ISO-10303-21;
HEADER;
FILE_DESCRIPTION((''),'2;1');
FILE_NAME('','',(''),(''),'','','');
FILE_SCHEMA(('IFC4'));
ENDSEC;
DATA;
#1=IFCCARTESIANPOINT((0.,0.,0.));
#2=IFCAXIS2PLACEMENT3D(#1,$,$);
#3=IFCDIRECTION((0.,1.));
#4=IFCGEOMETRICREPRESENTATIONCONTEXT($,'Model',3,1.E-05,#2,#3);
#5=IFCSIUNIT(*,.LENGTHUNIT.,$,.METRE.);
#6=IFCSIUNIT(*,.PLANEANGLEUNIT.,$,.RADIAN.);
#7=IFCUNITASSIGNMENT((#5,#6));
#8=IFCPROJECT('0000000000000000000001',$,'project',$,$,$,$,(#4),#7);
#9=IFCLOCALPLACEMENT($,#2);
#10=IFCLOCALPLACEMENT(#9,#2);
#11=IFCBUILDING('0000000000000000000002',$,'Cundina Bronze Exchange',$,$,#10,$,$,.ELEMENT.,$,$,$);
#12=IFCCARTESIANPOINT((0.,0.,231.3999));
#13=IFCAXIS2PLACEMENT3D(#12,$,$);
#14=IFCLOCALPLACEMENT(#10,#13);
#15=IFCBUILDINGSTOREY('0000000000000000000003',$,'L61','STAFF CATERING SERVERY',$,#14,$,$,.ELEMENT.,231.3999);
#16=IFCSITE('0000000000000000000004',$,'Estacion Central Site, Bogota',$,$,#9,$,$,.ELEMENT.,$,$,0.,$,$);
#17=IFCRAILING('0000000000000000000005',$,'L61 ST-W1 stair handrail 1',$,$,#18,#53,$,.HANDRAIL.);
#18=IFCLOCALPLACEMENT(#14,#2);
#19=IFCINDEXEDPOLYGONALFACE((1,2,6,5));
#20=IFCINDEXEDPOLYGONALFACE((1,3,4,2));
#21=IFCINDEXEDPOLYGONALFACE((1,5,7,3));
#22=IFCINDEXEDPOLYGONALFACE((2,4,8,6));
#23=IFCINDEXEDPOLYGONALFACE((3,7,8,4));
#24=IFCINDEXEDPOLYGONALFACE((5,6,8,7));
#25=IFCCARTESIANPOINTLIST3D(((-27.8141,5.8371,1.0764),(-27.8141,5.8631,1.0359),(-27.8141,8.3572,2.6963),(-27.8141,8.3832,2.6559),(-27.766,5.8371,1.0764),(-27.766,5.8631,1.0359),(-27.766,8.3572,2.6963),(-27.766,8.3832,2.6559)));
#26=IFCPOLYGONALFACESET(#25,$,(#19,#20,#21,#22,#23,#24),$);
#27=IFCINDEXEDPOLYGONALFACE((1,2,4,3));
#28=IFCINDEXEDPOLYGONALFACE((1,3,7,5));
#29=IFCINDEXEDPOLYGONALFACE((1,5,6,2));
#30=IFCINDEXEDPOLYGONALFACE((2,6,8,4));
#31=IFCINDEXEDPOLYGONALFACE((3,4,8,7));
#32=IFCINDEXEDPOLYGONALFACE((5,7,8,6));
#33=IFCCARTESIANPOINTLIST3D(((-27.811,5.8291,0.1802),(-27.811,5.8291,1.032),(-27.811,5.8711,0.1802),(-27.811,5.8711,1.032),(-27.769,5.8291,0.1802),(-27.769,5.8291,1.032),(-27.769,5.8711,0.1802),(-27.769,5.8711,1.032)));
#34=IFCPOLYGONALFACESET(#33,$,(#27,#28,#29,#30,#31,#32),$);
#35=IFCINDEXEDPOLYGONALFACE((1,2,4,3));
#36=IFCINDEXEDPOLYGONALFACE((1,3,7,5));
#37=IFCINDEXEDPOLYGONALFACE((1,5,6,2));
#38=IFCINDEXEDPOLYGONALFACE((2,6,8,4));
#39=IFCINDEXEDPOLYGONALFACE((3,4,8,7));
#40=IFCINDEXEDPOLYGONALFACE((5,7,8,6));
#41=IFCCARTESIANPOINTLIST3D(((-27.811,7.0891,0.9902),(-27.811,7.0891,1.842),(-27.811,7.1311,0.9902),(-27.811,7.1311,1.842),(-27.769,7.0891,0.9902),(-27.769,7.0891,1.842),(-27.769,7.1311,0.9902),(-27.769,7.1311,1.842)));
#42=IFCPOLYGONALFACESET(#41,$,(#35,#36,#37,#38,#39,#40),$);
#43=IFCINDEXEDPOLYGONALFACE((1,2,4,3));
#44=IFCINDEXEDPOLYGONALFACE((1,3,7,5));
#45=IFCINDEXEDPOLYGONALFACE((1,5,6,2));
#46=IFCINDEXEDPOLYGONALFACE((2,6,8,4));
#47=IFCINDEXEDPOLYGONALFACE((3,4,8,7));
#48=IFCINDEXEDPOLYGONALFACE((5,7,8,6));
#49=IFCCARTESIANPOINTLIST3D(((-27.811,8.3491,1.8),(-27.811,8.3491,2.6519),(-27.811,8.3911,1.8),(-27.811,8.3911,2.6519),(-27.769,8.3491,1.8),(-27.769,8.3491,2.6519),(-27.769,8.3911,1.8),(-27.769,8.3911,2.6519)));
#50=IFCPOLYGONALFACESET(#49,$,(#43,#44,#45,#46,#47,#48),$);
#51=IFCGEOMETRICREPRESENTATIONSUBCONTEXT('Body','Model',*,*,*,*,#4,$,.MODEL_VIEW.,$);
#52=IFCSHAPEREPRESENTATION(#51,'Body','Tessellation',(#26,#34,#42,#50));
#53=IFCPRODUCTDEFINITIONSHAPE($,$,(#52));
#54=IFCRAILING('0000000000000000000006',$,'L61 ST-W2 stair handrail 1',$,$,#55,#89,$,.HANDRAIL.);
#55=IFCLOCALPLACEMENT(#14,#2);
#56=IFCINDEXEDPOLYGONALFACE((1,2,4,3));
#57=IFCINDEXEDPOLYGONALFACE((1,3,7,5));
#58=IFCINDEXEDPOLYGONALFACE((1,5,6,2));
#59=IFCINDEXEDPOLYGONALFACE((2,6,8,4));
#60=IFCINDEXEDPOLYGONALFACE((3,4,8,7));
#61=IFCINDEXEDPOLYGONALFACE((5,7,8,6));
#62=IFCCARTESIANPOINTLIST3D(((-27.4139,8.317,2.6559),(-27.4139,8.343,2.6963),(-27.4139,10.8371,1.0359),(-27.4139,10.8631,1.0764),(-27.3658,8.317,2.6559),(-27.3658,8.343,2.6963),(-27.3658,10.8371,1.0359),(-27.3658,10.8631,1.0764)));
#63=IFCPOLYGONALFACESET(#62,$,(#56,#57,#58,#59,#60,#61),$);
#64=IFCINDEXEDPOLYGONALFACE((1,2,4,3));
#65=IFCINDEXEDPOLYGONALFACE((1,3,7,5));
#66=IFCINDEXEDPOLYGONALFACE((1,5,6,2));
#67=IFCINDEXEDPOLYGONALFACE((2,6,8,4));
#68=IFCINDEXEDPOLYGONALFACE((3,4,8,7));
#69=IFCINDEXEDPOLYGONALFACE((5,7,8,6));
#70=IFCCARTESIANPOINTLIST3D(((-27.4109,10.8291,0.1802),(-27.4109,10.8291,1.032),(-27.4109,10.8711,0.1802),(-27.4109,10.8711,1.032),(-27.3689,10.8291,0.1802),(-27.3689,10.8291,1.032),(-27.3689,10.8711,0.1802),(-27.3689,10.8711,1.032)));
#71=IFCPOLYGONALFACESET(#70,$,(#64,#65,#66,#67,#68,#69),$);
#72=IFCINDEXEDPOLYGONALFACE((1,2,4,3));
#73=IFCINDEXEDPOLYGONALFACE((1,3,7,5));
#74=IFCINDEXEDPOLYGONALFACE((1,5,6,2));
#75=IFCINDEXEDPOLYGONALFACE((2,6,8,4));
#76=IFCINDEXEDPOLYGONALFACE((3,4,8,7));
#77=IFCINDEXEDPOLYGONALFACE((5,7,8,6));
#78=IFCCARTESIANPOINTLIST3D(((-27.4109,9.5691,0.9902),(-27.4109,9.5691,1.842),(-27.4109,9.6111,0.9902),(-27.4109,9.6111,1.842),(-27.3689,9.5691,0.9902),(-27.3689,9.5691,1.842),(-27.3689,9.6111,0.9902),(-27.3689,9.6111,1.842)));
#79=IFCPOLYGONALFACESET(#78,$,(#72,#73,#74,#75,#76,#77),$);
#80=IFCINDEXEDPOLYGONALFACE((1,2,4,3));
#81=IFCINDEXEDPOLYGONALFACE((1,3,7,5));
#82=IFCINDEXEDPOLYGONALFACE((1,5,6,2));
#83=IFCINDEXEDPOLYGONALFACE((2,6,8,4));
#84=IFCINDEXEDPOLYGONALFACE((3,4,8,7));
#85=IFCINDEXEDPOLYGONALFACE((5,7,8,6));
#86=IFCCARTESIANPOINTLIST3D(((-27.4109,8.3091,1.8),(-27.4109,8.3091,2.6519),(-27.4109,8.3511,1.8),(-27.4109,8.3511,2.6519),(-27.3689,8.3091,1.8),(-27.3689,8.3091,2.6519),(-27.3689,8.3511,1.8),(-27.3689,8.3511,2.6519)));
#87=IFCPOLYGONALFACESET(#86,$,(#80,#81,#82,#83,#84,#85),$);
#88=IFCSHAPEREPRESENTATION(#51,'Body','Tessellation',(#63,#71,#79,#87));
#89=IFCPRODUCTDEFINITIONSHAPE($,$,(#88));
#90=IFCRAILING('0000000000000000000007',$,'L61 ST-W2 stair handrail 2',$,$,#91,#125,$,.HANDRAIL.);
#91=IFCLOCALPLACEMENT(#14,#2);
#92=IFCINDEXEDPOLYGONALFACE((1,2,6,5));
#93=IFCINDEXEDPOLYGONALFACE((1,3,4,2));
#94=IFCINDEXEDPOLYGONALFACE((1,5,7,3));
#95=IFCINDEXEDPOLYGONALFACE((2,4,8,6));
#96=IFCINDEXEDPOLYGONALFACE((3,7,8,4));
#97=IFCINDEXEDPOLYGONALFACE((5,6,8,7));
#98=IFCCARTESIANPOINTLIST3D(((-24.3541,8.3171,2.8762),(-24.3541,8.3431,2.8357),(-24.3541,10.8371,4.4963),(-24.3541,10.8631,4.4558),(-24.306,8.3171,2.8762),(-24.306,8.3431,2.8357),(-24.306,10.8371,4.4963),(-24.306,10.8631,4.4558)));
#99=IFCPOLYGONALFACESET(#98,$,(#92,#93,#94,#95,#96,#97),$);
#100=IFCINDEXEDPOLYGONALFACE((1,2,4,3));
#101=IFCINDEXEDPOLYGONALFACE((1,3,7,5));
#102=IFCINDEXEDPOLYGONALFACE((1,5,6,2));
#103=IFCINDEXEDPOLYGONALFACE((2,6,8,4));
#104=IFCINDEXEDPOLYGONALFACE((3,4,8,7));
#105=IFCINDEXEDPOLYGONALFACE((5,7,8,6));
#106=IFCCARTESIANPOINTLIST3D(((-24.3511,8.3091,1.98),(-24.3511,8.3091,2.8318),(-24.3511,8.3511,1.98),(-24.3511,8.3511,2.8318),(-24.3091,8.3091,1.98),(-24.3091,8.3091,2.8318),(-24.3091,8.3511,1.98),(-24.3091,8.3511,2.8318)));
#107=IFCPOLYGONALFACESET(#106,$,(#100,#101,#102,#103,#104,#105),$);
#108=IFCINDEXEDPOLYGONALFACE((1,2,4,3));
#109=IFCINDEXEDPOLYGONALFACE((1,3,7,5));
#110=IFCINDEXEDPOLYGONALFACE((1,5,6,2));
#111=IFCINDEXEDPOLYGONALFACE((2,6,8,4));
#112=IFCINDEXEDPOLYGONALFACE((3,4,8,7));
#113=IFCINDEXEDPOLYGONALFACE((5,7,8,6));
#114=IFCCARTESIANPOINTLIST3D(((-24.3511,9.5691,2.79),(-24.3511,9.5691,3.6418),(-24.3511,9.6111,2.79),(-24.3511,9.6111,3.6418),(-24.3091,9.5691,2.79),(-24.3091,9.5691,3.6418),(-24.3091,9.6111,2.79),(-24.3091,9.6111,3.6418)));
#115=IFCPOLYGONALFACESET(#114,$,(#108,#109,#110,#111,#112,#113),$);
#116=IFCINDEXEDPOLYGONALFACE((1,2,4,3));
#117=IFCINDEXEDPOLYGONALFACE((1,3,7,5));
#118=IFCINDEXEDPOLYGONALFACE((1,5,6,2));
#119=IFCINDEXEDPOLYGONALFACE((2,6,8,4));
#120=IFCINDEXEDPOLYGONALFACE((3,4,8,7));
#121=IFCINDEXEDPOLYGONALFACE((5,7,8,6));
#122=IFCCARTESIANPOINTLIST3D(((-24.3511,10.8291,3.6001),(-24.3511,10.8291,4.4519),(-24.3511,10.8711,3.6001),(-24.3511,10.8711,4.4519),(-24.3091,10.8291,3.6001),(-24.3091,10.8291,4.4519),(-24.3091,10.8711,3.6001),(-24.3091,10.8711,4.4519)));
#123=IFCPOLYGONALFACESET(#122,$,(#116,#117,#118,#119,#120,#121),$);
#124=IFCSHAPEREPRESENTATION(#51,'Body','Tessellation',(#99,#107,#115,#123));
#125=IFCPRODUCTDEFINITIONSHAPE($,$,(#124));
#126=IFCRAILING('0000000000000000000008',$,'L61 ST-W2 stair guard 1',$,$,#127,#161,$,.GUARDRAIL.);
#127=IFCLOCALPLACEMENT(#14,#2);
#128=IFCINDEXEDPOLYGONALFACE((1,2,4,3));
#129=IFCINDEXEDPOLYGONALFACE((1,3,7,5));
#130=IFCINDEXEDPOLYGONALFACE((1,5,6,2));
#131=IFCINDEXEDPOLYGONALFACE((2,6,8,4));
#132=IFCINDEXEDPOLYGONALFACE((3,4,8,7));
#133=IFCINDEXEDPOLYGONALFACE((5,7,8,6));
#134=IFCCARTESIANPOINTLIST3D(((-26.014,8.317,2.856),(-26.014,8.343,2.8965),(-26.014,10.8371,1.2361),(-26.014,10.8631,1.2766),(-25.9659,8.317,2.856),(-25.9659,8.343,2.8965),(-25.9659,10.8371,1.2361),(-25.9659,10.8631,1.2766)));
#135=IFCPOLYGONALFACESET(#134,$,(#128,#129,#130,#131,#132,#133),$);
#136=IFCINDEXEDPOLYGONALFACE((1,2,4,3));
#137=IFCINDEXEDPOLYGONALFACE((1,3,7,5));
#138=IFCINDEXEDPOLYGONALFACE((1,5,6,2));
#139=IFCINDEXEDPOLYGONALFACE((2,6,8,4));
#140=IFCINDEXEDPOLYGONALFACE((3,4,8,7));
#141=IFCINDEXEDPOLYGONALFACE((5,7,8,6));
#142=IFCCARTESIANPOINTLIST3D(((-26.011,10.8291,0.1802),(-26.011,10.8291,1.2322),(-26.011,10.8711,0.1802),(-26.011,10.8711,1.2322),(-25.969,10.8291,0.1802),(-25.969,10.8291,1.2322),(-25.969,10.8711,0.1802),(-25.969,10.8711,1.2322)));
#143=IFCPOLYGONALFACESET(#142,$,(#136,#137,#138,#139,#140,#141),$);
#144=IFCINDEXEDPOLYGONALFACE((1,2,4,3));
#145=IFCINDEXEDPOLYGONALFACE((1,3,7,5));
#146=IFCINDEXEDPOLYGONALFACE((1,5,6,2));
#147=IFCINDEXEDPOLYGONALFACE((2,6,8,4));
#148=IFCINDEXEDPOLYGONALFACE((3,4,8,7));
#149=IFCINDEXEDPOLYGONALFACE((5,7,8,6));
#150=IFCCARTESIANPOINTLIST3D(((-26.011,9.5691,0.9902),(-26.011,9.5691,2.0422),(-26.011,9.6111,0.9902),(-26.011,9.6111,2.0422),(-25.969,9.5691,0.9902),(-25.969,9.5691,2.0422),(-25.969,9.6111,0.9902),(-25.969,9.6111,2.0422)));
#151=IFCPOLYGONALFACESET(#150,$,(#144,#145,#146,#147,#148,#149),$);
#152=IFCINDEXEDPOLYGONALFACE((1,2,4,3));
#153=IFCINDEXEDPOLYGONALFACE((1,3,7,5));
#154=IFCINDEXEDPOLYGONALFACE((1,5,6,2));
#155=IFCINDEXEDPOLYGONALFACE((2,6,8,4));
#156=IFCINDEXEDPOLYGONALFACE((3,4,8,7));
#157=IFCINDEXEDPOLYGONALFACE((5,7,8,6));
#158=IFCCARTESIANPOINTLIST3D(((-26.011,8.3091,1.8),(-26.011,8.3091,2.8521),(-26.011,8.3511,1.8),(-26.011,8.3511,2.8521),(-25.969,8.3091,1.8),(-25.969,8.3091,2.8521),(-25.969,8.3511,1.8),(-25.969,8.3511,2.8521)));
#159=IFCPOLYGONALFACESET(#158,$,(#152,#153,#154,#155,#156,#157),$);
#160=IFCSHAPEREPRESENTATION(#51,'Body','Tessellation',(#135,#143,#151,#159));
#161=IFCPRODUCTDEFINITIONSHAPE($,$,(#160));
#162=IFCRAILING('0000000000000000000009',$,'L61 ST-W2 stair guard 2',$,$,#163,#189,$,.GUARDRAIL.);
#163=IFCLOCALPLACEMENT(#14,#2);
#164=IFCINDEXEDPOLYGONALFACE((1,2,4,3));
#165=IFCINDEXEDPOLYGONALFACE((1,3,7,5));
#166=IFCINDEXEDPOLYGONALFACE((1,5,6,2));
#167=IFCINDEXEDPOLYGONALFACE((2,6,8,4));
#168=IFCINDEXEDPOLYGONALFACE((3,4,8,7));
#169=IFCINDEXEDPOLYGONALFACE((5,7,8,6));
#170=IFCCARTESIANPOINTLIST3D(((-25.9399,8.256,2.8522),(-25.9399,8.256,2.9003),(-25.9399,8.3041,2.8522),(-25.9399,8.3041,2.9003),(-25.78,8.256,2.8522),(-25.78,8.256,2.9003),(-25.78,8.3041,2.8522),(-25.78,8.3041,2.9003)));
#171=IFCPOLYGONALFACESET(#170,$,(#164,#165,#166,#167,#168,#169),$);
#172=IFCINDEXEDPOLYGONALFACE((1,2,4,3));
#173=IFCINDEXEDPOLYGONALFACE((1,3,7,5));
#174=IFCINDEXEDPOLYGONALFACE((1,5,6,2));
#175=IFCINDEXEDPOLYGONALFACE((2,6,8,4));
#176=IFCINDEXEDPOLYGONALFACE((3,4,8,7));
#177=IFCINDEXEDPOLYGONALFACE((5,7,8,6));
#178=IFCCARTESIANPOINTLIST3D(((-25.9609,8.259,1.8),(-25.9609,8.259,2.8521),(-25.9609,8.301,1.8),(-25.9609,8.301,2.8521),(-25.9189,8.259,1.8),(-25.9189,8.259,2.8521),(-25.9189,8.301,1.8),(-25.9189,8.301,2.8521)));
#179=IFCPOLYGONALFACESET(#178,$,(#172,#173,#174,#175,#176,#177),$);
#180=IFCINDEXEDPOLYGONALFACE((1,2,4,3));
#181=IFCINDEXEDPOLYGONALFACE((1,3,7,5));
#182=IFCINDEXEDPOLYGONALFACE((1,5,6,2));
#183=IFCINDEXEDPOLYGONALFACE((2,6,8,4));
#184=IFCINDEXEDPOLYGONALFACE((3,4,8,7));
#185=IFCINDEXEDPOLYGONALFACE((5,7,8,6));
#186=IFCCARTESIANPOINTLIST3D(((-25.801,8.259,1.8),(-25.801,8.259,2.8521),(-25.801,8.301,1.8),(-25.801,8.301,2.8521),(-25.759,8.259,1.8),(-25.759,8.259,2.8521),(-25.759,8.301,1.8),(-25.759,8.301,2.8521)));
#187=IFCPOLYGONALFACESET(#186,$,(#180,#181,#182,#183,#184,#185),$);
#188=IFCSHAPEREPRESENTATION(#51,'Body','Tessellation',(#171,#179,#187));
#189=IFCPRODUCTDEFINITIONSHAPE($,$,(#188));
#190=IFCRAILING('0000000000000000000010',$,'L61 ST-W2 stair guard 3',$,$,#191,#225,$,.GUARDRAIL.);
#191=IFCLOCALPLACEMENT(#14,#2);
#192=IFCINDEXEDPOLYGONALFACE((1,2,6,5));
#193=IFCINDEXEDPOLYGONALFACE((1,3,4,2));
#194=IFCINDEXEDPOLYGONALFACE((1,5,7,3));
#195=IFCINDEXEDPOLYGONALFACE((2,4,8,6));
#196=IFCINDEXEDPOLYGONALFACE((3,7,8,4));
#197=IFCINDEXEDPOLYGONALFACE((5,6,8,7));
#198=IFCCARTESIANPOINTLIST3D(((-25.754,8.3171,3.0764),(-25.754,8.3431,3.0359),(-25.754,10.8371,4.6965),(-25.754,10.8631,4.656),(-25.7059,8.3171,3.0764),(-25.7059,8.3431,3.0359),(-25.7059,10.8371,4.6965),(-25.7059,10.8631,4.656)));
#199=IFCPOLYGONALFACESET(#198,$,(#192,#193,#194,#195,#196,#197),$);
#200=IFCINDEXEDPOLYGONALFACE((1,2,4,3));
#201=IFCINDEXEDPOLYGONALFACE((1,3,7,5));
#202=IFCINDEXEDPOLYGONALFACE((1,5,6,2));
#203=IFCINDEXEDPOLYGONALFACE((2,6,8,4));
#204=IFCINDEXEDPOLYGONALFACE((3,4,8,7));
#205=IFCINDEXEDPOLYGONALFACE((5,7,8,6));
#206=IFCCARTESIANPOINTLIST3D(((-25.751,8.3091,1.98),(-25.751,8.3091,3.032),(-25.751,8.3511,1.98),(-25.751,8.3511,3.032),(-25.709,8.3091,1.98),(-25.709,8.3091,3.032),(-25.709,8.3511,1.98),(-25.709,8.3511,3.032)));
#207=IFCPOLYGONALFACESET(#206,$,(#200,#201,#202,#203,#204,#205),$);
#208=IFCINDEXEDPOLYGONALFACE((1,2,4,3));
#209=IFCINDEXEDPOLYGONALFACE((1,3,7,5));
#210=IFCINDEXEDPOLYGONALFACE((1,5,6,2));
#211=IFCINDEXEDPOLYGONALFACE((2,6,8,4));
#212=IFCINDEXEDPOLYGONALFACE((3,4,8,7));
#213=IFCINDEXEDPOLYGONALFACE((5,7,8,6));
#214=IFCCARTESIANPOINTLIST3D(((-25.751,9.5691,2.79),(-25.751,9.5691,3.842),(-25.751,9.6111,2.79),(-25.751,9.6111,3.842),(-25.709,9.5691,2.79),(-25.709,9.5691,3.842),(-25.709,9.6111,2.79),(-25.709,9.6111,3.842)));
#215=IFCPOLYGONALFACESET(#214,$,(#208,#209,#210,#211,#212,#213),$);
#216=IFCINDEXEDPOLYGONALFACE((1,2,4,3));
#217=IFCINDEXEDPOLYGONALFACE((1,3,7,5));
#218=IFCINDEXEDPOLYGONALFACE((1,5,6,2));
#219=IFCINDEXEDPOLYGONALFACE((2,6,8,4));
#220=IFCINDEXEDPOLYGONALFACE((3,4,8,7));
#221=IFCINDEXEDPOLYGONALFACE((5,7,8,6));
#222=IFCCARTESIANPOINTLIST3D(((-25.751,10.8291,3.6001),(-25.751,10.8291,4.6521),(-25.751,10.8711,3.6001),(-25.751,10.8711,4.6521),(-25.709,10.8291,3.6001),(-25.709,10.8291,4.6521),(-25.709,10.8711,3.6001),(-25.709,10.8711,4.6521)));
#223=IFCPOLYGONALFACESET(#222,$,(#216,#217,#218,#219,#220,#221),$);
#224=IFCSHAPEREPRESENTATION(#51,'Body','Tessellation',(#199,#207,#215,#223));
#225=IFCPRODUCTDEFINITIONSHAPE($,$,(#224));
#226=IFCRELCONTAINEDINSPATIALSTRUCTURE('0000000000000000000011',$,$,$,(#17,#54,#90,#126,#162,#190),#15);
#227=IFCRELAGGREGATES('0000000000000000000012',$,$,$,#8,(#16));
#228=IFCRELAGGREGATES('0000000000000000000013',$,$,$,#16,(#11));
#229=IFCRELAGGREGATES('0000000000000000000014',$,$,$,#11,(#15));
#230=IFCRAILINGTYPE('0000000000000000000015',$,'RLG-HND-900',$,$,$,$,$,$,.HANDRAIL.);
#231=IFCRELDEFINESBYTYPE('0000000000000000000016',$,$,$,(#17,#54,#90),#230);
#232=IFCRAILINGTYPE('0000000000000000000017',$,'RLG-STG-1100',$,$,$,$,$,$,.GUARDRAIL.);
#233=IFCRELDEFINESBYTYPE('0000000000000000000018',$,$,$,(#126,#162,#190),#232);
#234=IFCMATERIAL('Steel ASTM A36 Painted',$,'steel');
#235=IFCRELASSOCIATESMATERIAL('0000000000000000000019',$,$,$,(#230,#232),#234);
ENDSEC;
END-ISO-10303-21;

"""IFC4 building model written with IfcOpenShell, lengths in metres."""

from ifc_helpers import new_model, si_unit, direction, frame, origin, origin_2d, place, context, subcontext, project, spatial, rectangle, extrude, material, type_object, element, save


model = new_model("IFC4")

# Units and contexts
model_context = context("Model", 3, precision=1e-05, world=origin(), true_north=direction((0.0, 1.0)))
body_context = subcontext(model_context, "Body", "Model", "MODEL_VIEW")
ifc_project = project(units=[si_unit("LENGTHUNIT", "METRE"), si_unit("PLANEANGLEUNIT", "RADIAN")], contexts=[model_context])

# Site, building, storey
site_placement = place(None, origin())
site = spatial("IfcSite", under=ifc_project, at=site_placement, Name="Estacion Central Site, Bogota", CompositionType="ELEMENT", RefElevation=0.0)
building_placement = place(site_placement, origin())
building = spatial("IfcBuilding", under=site, at=building_placement, Name="Cundina Bronze Exchange", CompositionType="ELEMENT")
storey_placement = place(building_placement, frame((0.0, 0.0, 231.3999)))
storey = spatial("IfcBuildingStorey", under=building, at=storey_placement, Name="L61", Description="STAFF CATERING SERVERY", CompositionType="ELEMENT", Elevation=231.3999)

# Shared definitions
ifc_material_1 = material(Name="Steel ASTM A36 Painted", Category="steel")

# Railings
railing_type_1 = type_object("IfcRailingType", Name="RLG-HND-900", PredefinedType="HANDRAIL", material=ifc_material_1)
railing_1_placement = place(storey_placement, frame((-27.79, 5.8501, 0.1802)))
element("IfcRailing", 1, at=railing_1_placement, inside=storey, type_object=railing_type_1, Name="L61 ST-W1 stair handrail 1", PredefinedType="HANDRAIL", context=body_context, shape_type="SweptSolid", body=[
    extrude(rectangle(XDim=0.0481, YDim=0.0481, at=origin_2d()), frame((0.0, 0.0, 0.876), z_axis=(0.0, 0.8412, 0.540725), x_axis=(-1.0, 0.0, 0.0)), (0.0, 0.0, 1.0), 2.9958),
    extrude(rectangle(XDim=0.042, YDim=0.042, at=origin_2d()), origin(), (0.0, 0.0, 1.0), 0.8518),
    extrude(rectangle(XDim=0.042, YDim=0.042, at=origin_2d()), frame((0.0, 1.26, 0.8101)), (0.0, 0.0, 1.0), 0.8518),
    extrude(rectangle(XDim=0.042, YDim=0.042, at=origin_2d()), frame((0.0, 2.52, 1.6199)), (0.0, 0.0, 1.0), 0.8518),
])
railing_2_placement = place(storey_placement, frame((-27.3899, 10.8501, 0.1802)))
element("IfcRailing", 2, at=railing_2_placement, inside=storey, type_object=railing_type_1, Name="L61 ST-W2 stair handrail 1", PredefinedType="HANDRAIL", context=body_context, shape_type="SweptSolid", body=[
    extrude(rectangle(XDim=0.0481, YDim=0.0481, at=origin_2d()), frame((0.0, 0.0, 0.876), z_axis=(0.0, -0.8412, 0.540725), x_axis=(1.0, 0.0, 0.0)), (0.0, 0.0, 1.0), 2.9958),
    extrude(rectangle(XDim=0.042, YDim=0.042, at=origin_2d()), origin(), (0.0, 0.0, 1.0), 0.8518),
    extrude(rectangle(XDim=0.042, YDim=0.042, at=origin_2d()), frame((0.0, -1.26, 0.8101)), (0.0, 0.0, 1.0), 0.8518),
    extrude(rectangle(XDim=0.042, YDim=0.042, at=origin_2d()), frame((0.0, -2.52, 1.6199)), (0.0, 0.0, 1.0), 0.8518),
])
railing_3_placement = place(storey_placement, frame((-24.3301, 8.3301, 1.98)))
element("IfcRailing", 3, at=railing_3_placement, inside=storey, type_object=railing_type_1, Name="L61 ST-W2 stair handrail 2", PredefinedType="HANDRAIL", context=body_context, shape_type="SweptSolid", body=[
    extrude(rectangle(XDim=0.0481, YDim=0.0481, at=origin_2d()), frame((0.0, 0.0, 0.876), z_axis=(0.0, 0.841163, 0.540782), x_axis=(-1.0, 0.0, 0.0)), (0.0, 0.0, 1.0), 2.9958),
    extrude(rectangle(XDim=0.042, YDim=0.042, at=origin_2d()), origin(), (0.0, 0.0, 1.0), 0.8518),
    extrude(rectangle(XDim=0.042, YDim=0.042, at=origin_2d()), frame((0.0, 1.26, 0.8101)), (0.0, 0.0, 1.0), 0.8518),
    extrude(rectangle(XDim=0.042, YDim=0.042, at=origin_2d()), frame((0.0, 2.52, 1.6201)), (0.0, 0.0, 1.0), 0.8518),
])
railing_type_2 = type_object("IfcRailingType", Name="RLG-STG-1100", PredefinedType="GUARDRAIL", material=ifc_material_1)
railing_4_placement = place(storey_placement, frame((-25.99, 10.8501, 0.1802)))
element("IfcRailing", 4, at=railing_4_placement, inside=storey, type_object=railing_type_2, Name="L61 ST-W2 stair guard 1", PredefinedType="GUARDRAIL", context=body_context, shape_type="SweptSolid", body=[
    extrude(rectangle(XDim=0.0481, YDim=0.0481, at=origin_2d()), frame((0.0, 0.0, 1.0762), z_axis=(0.0, -0.8412, 0.540725), x_axis=(1.0, 0.0, 0.0)), (0.0, 0.0, 1.0), 2.9958),
    extrude(rectangle(XDim=0.042, YDim=0.042, at=origin_2d()), origin(), (0.0, 0.0, 1.0), 1.052),
    extrude(rectangle(XDim=0.042, YDim=0.042, at=origin_2d()), frame((0.0, -1.26, 0.8101)), (0.0, 0.0, 1.0), 1.052),
    extrude(rectangle(XDim=0.042, YDim=0.042, at=origin_2d()), frame((0.0, -2.52, 1.6199)), (0.0, 0.0, 1.0), 1.052),
])
railing_5_placement = place(storey_placement, frame((-25.9399, 8.28, 1.8)))
element("IfcRailing", 5, at=railing_5_placement, inside=storey, type_object=railing_type_2, Name="L61 ST-W2 stair guard 2", PredefinedType="GUARDRAIL", context=body_context, shape_type="SweptSolid", body=[
    extrude(rectangle(XDim=0.0481, YDim=0.0481, at=origin_2d()), frame((0.0, 0.0, 1.0762), z_axis=(1.0, 0.0, 0.0), x_axis=(0.0, 1.0, 0.0)), (0.0, 0.0, 1.0), 0.1599),
    extrude(rectangle(XDim=0.042, YDim=0.042, at=origin_2d()), origin(), (0.0, 0.0, 1.0), 1.052),
    extrude(rectangle(XDim=0.042, YDim=0.042, at=origin_2d()), frame((0.1599, 0.0, 0.0)), (0.0, 0.0, 1.0), 1.052),
])
railing_6_placement = place(storey_placement, frame((-25.73, 8.3301, 1.98)))
element("IfcRailing", 6, at=railing_6_placement, inside=storey, type_object=railing_type_2, Name="L61 ST-W2 stair guard 3", PredefinedType="GUARDRAIL", context=body_context, shape_type="SweptSolid", body=[
    extrude(rectangle(XDim=0.0481, YDim=0.0481, at=origin_2d()), frame((0.0, 0.0, 1.0762), z_axis=(0.0, 0.841163, 0.540782), x_axis=(-1.0, 0.0, 0.0)), (0.0, 0.0, 1.0), 2.9958),
    extrude(rectangle(XDim=0.042, YDim=0.042, at=origin_2d()), origin(), (0.0, 0.0, 1.0), 1.052),
    extrude(rectangle(XDim=0.042, YDim=0.042, at=origin_2d()), frame((0.0, 1.26, 0.8101)), (0.0, 0.0, 1.0), 1.052),
    extrude(rectangle(XDim=0.042, YDim=0.042, at=origin_2d()), frame((0.0, 2.52, 1.6201)), (0.0, 0.0, 1.0), 1.052),
])

save(model, "model.ifc")
